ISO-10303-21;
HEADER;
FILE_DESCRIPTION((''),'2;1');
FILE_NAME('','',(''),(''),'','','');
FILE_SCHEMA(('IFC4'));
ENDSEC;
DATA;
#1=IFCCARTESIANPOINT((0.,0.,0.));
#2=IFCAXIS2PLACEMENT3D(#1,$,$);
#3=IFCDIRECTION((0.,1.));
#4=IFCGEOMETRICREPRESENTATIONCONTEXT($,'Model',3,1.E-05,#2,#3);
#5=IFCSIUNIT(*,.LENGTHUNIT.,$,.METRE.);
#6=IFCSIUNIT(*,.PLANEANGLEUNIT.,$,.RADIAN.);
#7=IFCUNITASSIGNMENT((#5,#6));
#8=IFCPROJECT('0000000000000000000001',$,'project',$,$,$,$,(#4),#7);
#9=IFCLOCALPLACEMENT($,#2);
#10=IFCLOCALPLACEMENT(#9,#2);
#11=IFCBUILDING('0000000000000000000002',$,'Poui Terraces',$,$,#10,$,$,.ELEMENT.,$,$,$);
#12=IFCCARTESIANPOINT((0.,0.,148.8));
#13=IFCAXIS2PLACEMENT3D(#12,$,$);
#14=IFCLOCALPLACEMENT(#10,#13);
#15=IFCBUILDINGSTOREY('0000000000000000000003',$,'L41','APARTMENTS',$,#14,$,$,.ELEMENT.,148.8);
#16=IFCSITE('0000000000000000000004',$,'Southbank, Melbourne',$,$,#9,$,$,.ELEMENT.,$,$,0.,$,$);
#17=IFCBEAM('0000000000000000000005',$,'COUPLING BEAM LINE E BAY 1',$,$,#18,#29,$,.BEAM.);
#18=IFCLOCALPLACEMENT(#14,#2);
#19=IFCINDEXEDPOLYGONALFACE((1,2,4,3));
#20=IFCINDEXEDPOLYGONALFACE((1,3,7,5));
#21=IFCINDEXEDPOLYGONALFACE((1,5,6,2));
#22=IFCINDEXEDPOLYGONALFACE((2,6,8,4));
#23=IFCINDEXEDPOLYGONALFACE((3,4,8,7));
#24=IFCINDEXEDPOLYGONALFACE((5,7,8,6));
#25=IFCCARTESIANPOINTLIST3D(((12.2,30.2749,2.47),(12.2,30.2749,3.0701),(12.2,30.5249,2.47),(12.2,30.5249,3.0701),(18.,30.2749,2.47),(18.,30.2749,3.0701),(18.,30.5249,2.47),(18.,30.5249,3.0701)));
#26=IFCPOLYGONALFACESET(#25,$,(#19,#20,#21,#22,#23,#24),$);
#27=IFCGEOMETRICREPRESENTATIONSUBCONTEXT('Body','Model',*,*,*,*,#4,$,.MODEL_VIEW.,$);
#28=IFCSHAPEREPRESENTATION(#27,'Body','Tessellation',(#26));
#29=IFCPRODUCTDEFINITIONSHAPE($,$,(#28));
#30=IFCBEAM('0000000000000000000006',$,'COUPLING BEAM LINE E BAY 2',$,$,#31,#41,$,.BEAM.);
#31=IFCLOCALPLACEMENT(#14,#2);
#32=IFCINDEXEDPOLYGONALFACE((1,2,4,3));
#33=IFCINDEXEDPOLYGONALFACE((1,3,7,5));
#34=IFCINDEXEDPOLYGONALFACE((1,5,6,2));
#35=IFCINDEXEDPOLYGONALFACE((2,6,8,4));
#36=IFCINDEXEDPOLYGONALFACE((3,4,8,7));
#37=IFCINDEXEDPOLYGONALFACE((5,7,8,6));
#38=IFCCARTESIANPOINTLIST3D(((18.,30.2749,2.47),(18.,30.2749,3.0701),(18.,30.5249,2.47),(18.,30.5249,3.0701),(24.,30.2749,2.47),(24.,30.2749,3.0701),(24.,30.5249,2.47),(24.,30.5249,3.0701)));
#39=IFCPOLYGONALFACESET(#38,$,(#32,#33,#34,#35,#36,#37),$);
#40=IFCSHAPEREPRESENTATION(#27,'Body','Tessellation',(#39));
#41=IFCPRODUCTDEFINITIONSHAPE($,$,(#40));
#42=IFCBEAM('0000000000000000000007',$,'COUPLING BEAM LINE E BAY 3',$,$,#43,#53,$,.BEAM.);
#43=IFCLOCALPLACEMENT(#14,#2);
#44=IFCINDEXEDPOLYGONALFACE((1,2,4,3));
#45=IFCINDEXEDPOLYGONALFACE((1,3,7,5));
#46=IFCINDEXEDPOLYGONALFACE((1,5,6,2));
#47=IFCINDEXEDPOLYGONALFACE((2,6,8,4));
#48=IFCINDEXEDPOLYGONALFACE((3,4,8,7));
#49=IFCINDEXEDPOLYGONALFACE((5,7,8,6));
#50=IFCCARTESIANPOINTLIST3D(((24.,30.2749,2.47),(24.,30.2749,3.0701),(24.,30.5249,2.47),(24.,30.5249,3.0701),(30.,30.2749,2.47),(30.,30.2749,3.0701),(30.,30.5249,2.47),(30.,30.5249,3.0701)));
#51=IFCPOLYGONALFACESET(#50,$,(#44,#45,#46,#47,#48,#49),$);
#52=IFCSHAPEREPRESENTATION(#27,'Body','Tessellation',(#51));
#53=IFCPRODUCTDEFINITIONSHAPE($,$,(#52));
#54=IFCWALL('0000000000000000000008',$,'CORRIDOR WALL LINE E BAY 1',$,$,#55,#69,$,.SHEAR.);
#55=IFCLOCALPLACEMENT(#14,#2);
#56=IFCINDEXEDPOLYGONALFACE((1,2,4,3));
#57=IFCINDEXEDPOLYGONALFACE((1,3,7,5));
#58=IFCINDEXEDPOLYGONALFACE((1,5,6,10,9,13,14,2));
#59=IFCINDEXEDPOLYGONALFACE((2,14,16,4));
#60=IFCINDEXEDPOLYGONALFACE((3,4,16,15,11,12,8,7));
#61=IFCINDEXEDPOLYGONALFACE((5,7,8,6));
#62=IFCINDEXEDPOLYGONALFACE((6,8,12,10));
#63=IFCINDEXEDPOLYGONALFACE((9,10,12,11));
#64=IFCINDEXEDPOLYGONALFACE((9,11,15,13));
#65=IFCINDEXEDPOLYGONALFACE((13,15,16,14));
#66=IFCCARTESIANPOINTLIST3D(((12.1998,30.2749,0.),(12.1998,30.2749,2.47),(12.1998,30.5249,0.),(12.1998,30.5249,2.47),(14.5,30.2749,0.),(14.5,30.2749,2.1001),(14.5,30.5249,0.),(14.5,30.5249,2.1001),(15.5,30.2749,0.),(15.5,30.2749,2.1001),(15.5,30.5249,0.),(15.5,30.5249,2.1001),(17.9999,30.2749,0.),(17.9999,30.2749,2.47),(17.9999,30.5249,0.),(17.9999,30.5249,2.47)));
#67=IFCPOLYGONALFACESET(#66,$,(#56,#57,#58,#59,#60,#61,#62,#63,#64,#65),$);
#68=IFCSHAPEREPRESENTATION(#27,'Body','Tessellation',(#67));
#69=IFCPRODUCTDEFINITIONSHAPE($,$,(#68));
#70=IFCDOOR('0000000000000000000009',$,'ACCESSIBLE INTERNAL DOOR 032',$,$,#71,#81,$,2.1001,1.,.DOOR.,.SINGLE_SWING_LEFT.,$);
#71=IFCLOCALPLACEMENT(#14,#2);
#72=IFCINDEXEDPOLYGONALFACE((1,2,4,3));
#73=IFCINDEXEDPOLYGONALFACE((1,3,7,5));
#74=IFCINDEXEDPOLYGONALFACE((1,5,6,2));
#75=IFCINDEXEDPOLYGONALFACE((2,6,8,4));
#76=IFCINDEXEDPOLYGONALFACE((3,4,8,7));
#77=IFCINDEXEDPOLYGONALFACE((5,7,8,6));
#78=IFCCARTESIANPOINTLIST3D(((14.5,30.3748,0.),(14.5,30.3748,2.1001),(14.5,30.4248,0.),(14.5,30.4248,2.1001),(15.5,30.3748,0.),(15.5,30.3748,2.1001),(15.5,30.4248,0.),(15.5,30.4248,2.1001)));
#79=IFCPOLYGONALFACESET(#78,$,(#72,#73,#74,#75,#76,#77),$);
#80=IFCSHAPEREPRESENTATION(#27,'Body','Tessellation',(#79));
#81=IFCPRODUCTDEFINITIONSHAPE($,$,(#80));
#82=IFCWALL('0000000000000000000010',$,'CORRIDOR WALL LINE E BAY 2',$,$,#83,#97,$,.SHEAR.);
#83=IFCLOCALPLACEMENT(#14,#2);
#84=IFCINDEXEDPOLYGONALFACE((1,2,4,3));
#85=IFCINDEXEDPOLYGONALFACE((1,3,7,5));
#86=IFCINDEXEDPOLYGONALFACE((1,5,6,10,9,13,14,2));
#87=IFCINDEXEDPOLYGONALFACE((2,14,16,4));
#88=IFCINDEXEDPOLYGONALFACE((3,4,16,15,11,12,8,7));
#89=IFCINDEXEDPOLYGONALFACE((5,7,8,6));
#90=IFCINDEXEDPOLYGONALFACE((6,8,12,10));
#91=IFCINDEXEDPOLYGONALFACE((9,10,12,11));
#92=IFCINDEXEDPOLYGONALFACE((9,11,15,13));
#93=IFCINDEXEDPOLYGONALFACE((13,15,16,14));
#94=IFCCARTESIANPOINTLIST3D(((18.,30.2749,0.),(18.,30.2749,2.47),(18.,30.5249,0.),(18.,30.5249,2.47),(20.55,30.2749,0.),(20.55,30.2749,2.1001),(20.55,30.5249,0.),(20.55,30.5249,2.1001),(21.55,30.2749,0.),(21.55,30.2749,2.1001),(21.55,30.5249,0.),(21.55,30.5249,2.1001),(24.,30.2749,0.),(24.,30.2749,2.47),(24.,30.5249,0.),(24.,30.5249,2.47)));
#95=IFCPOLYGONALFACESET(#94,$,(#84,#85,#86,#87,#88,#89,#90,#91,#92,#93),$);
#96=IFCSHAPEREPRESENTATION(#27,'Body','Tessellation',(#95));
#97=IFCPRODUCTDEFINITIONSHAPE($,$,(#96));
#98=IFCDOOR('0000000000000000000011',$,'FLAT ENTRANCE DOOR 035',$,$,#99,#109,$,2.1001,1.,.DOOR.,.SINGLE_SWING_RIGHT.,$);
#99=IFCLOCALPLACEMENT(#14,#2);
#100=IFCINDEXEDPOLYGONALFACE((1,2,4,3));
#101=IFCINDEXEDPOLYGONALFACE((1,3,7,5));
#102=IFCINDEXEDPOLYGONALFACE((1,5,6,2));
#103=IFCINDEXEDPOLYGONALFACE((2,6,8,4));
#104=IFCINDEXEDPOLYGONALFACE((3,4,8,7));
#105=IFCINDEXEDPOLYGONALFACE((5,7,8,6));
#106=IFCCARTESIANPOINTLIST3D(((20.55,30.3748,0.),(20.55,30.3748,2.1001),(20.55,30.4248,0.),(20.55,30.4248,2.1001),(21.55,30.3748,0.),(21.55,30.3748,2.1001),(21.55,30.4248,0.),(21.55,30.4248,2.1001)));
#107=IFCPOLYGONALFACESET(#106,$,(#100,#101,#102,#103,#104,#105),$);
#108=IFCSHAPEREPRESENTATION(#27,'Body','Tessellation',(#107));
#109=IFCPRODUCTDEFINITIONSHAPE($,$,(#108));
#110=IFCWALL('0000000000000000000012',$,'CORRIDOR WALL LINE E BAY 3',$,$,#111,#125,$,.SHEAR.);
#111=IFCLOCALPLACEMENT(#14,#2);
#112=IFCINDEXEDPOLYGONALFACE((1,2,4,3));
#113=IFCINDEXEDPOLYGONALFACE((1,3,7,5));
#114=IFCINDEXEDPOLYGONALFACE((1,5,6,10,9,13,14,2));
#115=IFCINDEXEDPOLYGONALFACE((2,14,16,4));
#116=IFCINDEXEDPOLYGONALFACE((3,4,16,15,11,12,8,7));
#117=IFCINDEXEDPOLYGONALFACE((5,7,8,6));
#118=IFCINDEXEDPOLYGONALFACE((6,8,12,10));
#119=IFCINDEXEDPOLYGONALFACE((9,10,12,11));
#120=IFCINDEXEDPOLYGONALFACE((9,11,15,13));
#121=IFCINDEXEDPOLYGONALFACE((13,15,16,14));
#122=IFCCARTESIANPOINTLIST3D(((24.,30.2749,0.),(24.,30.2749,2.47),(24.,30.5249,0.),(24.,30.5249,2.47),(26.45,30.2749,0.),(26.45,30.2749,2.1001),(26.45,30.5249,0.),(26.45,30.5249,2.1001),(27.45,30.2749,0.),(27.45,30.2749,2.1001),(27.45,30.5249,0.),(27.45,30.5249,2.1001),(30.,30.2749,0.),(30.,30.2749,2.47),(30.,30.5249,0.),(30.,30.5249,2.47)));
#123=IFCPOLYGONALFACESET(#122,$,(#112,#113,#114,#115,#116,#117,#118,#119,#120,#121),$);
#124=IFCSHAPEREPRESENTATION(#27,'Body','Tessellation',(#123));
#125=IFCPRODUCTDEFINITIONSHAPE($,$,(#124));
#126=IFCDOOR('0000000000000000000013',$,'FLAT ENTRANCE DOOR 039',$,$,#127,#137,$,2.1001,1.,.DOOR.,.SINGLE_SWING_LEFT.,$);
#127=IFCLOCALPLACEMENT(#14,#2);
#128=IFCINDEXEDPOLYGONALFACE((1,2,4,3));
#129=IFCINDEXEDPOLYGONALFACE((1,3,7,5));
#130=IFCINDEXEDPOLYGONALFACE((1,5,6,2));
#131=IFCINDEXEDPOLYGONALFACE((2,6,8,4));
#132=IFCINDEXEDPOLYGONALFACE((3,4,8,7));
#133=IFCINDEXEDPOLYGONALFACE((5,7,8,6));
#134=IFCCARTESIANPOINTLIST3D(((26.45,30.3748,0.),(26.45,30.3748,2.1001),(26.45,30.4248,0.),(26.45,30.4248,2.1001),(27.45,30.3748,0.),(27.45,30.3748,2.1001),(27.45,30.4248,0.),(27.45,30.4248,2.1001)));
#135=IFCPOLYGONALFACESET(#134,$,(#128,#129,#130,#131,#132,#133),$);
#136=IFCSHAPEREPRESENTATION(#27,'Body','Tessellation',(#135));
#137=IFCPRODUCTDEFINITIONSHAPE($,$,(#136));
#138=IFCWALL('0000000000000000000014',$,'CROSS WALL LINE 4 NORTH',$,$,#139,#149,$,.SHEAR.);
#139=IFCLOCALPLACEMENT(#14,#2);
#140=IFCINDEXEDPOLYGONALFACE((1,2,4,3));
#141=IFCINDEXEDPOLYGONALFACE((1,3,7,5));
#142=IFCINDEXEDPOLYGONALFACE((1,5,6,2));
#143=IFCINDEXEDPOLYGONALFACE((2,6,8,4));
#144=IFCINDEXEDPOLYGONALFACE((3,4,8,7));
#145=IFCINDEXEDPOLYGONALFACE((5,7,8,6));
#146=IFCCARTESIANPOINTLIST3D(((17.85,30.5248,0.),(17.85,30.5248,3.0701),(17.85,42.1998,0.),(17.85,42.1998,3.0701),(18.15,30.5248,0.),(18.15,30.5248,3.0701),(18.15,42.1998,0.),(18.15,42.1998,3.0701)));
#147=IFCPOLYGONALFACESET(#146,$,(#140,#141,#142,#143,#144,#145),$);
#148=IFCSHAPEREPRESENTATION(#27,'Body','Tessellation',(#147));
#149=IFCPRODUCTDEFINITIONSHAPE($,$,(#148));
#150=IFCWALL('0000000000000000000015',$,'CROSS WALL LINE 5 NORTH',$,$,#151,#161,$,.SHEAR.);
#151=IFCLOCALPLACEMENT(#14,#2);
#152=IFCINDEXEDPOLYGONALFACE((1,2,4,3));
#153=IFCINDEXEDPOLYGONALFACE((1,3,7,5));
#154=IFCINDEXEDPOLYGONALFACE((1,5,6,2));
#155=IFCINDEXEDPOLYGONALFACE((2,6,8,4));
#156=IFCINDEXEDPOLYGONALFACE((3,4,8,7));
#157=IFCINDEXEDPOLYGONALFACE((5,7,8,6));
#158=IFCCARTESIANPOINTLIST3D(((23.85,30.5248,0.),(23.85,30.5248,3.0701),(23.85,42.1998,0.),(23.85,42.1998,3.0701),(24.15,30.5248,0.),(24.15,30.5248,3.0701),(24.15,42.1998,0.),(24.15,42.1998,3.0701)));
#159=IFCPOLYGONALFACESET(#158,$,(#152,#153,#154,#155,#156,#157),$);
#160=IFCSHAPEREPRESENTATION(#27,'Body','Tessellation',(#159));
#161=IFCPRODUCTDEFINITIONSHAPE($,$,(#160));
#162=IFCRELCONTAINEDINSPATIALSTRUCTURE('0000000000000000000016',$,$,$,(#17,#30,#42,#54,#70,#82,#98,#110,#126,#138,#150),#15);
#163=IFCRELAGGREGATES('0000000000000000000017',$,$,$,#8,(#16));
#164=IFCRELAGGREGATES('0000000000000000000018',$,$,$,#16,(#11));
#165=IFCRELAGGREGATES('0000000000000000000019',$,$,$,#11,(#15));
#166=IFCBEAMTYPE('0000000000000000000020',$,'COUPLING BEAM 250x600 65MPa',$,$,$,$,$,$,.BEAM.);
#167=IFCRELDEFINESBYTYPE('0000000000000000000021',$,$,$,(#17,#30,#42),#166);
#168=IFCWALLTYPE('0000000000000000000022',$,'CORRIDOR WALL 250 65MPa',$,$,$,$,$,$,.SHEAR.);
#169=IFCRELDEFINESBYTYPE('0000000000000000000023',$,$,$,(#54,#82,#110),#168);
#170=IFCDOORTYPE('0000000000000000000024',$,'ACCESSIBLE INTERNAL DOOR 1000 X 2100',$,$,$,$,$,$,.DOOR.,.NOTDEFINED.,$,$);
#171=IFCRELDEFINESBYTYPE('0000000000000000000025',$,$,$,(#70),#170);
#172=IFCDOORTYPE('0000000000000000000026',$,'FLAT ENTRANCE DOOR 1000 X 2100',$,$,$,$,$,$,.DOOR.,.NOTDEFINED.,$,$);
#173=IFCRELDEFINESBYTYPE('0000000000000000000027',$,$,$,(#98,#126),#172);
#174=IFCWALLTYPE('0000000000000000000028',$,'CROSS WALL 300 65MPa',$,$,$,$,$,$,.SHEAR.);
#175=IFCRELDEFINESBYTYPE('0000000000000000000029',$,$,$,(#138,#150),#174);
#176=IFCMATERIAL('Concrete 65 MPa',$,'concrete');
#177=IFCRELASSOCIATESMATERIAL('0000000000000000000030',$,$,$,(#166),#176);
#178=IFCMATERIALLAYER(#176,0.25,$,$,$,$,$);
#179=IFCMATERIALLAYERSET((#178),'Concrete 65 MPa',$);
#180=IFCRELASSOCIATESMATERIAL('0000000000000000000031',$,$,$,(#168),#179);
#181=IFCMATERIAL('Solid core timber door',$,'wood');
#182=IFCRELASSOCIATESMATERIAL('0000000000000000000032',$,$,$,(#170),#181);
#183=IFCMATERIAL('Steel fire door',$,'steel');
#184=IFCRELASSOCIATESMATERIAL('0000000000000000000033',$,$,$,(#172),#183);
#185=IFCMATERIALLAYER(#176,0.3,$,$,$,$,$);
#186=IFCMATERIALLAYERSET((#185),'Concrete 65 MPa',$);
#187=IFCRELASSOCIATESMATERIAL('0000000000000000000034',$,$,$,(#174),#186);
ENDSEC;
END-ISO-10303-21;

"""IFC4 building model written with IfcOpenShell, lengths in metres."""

from ifc_helpers import new_model, si_unit, direction, frame, frame_2d, origin, origin_2d, place, context, subcontext, project, spatial, rectangle, extrude, source, transform, mapped, material, layer, layer_set, material_profile, profile_set, type_object, element, fill, save


model = new_model("IFC4")

# Units and contexts
model_context = context("Model", 3, precision=1e-05, world=origin(), true_north=direction((0.0, 1.0)))
body_context = subcontext(model_context, "Body", "Model", "MODEL_VIEW")
ifc_project = project(units=[si_unit("LENGTHUNIT", "METRE"), si_unit("PLANEANGLEUNIT", "RADIAN")], contexts=[model_context])

# Site, building, storey
site_placement = place(None, origin())
site = spatial("IfcSite", under=ifc_project, at=site_placement, Name="Southbank, Melbourne", CompositionType="ELEMENT", RefElevation=0.0)
building_placement = place(site_placement, origin())
building = spatial("IfcBuilding", under=site, at=building_placement, Name="Poui Terraces", CompositionType="ELEMENT")
storey_placement = place(building_placement, frame((0.0, 0.0, 148.8)))
storey = spatial("IfcBuildingStorey", under=building, at=storey_placement, Name="L41", Description="APARTMENTS", CompositionType="ELEMENT", Elevation=148.8)

# Beams
ifc_material_1 = material(Name="Concrete 65 MPa", Category="concrete")
ifc_material_profile_1 = material_profile(ifc_material_1, rectangle(XDim=0.25, YDim=0.6001, at=origin_2d()), Name="RC 250x600")
ifc_profile_set_1 = profile_set([ifc_material_profile_1], Name="Concrete 65 MPa")
beam_type = type_object("IfcBeamType", Name="COUPLING BEAM 250x600 65MPa", PredefinedType="BEAM", material=ifc_profile_set_1)
shared_shape_1 = source(origin(), body_context, "Body", "SweptSolid", [
    extrude(rectangle(XDim=0.25, YDim=0.6001, at=origin_2d()), origin(), (0.0, 0.0, 1.0), 5.8),
])
beam_placement = place(storey_placement, frame((12.2, 30.3999, 2.77), z_axis=(1.0, 0.0, 0.0), x_axis=(0.0, 1.0, 0.0)))
element("IfcBeam", 1, at=beam_placement, inside=storey, type_object=beam_type, Name="COUPLING BEAM LINE E BAY 1", PredefinedType="BEAM", context=body_context, shape_type="MappedRepresentation", body=[
    mapped(shared_shape_1, transform((0.0, 0.0, 0.0))),
])
shared_shape_2 = source(origin(), body_context, "Body", "SweptSolid", [
    extrude(rectangle(XDim=0.25, YDim=0.6001, at=origin_2d()), origin(), (0.0, 0.0, 1.0), 6.0),
])
for number, where, z_axis, x_axis, name in (
    (2, (18.0, 30.3999, 2.77), (1.0, 0.0, 0.0), (0.0, 1.0, 0.0), "COUPLING BEAM LINE E BAY 2"),
    (3, (24.0, 30.3999, 2.77), (1.0, 0.0, 0.0), (0.0, 1.0, 0.0), "COUPLING BEAM LINE E BAY 3"),
):
    element("IfcBeam", number, at=place(storey_placement, frame(where, z_axis=z_axis, x_axis=x_axis)), inside=storey, type_object=beam_type, Name=name, PredefinedType="BEAM", context=body_context, shape_type="MappedRepresentation", body=[
        mapped(shared_shape_2, transform((0.0, 0.0, 0.0))),
    ])

# Walls, openings, doors
ifc_layer_1 = layer(ifc_material_1, 0.25)
ifc_layer_set_1 = layer_set([ifc_layer_1], Name="Concrete 65 MPa")
wall_type_1 = type_object("IfcWallType", Name="CORRIDOR WALL 250 65MPa", PredefinedType="SHEAR", material=ifc_layer_set_1)
wall_1_placement = place(storey_placement, frame((12.2, 30.3999, 0.0), z_axis=(0.0, 0.0, 1.0), x_axis=(1.0, 0.0, 0.0)))
wall_1 = element("IfcWall", 4, at=wall_1_placement, inside=storey, type_object=wall_type_1, Name="CORRIDOR WALL LINE E BAY 1", PredefinedType="SHEAR", context=body_context, shape_type="SweptSolid", body=[
    extrude(rectangle(XDim=5.8, YDim=0.25, at=frame_2d((2.8999, 0.0))), origin(), (0.0, 0.0, 1.0), 2.47),
])
opening_1_placement = place(wall_1_placement, frame((2.3, 0.0, 0.0)))
opening_1 = element("IfcOpeningElement", 5, at=opening_1_placement, cuts=wall_1, PredefinedType="OPENING", context=body_context, shape_type="SweptSolid", body=[
    extrude(rectangle(XDim=1.0, YDim=2.1001, at=frame_2d((0.5, 1.05))), frame((0.0, 0.135, 0.0), z_axis=(0.0, -1.0, 0.0), x_axis=(1.0, 0.0, 0.0)), (0.0, 0.0, 1.0), 0.27),
])
ifc_material_2 = material(Name="Solid core timber door", Category="wood")
door_type_1 = type_object("IfcDoorType", Name="ACCESSIBLE INTERNAL DOOR 1000 X 2100", OperationType="NOTDEFINED", PredefinedType="DOOR", material=ifc_material_2)
door_1_placement = place(opening_1_placement, origin())
door_1 = element("IfcDoor", 6, at=door_1_placement, inside=storey, type_object=door_type_1, Name="ACCESSIBLE INTERNAL DOOR 032", OperationType="SINGLE_SWING_LEFT", OverallHeight=2.1001, OverallWidth=1.0, PredefinedType="DOOR", context=body_context, shape_type="SweptSolid", body=[
    extrude(rectangle(XDim=1.0, YDim=2.1001, at=frame_2d((0.5, 1.05))), frame((0.0, 0.0249, 0.0), z_axis=(0.0, -1.0, 0.0), x_axis=(1.0, 0.0, 0.0)), (0.0, 0.0, 1.0), 0.05),
])
fill(opening_1, door_1)
wall_2_placement = place(storey_placement, frame((18.0, 30.3999, 0.0), z_axis=(0.0, 0.0, 1.0), x_axis=(1.0, 0.0, 0.0)))
wall_2 = element("IfcWall", 7, at=wall_2_placement, inside=storey, type_object=wall_type_1, Name="CORRIDOR WALL LINE E BAY 2", PredefinedType="SHEAR", context=body_context, shape_type="SweptSolid", body=[
    extrude(rectangle(XDim=6.0, YDim=0.25, at=frame_2d((3.0, 0.0))), origin(), (0.0, 0.0, 1.0), 2.47),
])
opening_2_placement = place(wall_2_placement, frame((2.55, 0.0, 0.0)))
opening_2 = element("IfcOpeningElement", 8, at=opening_2_placement, cuts=wall_2, PredefinedType="OPENING", context=body_context, shape_type="SweptSolid", body=[
    extrude(rectangle(XDim=1.0, YDim=2.1001, at=frame_2d((0.5, 1.05))), frame((0.0, 0.135, 0.0), z_axis=(0.0, -1.0, 0.0), x_axis=(1.0, 0.0, 0.0)), (0.0, 0.0, 1.0), 0.27),
])
ifc_material_3 = material(Name="Steel fire door", Category="steel")
door_type_2 = type_object("IfcDoorType", Name="FLAT ENTRANCE DOOR 1000 X 2100", OperationType="NOTDEFINED", PredefinedType="DOOR", material=ifc_material_3)
door_2_placement = place(opening_2_placement, origin())
door_2 = element("IfcDoor", 9, at=door_2_placement, inside=storey, type_object=door_type_2, Name="FLAT ENTRANCE DOOR 035", OperationType="SINGLE_SWING_RIGHT", OverallHeight=2.1001, OverallWidth=1.0, PredefinedType="DOOR", context=body_context, shape_type="SweptSolid", body=[
    extrude(rectangle(XDim=1.0, YDim=2.1001, at=frame_2d((0.5, 1.05))), frame((0.0, 0.0249, 0.0), z_axis=(0.0, -1.0, 0.0), x_axis=(1.0, 0.0, 0.0)), (0.0, 0.0, 1.0), 0.05),
])
fill(opening_2, door_2)
wall_3_placement = place(storey_placement, frame((24.0, 30.3999, 0.0), z_axis=(0.0, 0.0, 1.0), x_axis=(1.0, 0.0, 0.0)))
wall_3 = element("IfcWall", 10, at=wall_3_placement, inside=storey, type_object=wall_type_1, Name="CORRIDOR WALL LINE E BAY 3", PredefinedType="SHEAR", context=body_context, shape_type="SweptSolid", body=[
    extrude(rectangle(XDim=6.0, YDim=0.25, at=frame_2d((3.0, 0.0))), origin(), (0.0, 0.0, 1.0), 2.47),
])
opening_3_placement = place(wall_3_placement, frame((2.45, 0.0, 0.0)))
opening_3 = element("IfcOpeningElement", 11, at=opening_3_placement, cuts=wall_3, PredefinedType="OPENING", context=body_context, shape_type="SweptSolid", body=[
    extrude(rectangle(XDim=1.0, YDim=2.1001, at=frame_2d((0.5, 1.05))), frame((0.0, 0.135, 0.0), z_axis=(0.0, -1.0, 0.0), x_axis=(1.0, 0.0, 0.0)), (0.0, 0.0, 1.0), 0.27),
])
door_3_placement = place(opening_3_placement, origin())
door_3 = element("IfcDoor", 12, at=door_3_placement, inside=storey, type_object=door_type_2, Name="FLAT ENTRANCE DOOR 039", OperationType="SINGLE_SWING_LEFT", OverallHeight=2.1001, OverallWidth=1.0, PredefinedType="DOOR", context=body_context, shape_type="SweptSolid", body=[
    extrude(rectangle(XDim=1.0, YDim=2.1001, at=frame_2d((0.5, 1.05))), frame((0.0, 0.0249, 0.0), z_axis=(0.0, -1.0, 0.0), x_axis=(1.0, 0.0, 0.0)), (0.0, 0.0, 1.0), 0.05),
])
fill(opening_3, door_3)

# Walls
ifc_layer_2 = layer(ifc_material_1, 0.3)
ifc_layer_set_2 = layer_set([ifc_layer_2], Name="Concrete 65 MPa")
wall_type_2 = type_object("IfcWallType", Name="CROSS WALL 300 65MPa", PredefinedType="SHEAR", material=ifc_layer_set_2)
for number, where, z_axis, x_axis, name in (
    (13, (18.0, 30.5249, 0.0), (0.0, 0.0, 1.0), (0.0, 1.0, 0.0), "CROSS WALL LINE 4 NORTH"),
    (14, (24.0, 30.5249, 0.0), (0.0, 0.0, 1.0), (0.0, 1.0, 0.0), "CROSS WALL LINE 5 NORTH"),
):
    element("IfcWall", number, at=place(storey_placement, frame(where, z_axis=z_axis, x_axis=x_axis)), inside=storey, type_object=wall_type_2, Name=name, PredefinedType="SHEAR", context=body_context, shape_type="SweptSolid", body=[
        extrude(rectangle(XDim=11.675, YDim=0.3, at=frame_2d((5.8374, 0.0))), origin(), (0.0, 0.0, 1.0), 3.0701),
    ])

save(model, "model.ifc")
